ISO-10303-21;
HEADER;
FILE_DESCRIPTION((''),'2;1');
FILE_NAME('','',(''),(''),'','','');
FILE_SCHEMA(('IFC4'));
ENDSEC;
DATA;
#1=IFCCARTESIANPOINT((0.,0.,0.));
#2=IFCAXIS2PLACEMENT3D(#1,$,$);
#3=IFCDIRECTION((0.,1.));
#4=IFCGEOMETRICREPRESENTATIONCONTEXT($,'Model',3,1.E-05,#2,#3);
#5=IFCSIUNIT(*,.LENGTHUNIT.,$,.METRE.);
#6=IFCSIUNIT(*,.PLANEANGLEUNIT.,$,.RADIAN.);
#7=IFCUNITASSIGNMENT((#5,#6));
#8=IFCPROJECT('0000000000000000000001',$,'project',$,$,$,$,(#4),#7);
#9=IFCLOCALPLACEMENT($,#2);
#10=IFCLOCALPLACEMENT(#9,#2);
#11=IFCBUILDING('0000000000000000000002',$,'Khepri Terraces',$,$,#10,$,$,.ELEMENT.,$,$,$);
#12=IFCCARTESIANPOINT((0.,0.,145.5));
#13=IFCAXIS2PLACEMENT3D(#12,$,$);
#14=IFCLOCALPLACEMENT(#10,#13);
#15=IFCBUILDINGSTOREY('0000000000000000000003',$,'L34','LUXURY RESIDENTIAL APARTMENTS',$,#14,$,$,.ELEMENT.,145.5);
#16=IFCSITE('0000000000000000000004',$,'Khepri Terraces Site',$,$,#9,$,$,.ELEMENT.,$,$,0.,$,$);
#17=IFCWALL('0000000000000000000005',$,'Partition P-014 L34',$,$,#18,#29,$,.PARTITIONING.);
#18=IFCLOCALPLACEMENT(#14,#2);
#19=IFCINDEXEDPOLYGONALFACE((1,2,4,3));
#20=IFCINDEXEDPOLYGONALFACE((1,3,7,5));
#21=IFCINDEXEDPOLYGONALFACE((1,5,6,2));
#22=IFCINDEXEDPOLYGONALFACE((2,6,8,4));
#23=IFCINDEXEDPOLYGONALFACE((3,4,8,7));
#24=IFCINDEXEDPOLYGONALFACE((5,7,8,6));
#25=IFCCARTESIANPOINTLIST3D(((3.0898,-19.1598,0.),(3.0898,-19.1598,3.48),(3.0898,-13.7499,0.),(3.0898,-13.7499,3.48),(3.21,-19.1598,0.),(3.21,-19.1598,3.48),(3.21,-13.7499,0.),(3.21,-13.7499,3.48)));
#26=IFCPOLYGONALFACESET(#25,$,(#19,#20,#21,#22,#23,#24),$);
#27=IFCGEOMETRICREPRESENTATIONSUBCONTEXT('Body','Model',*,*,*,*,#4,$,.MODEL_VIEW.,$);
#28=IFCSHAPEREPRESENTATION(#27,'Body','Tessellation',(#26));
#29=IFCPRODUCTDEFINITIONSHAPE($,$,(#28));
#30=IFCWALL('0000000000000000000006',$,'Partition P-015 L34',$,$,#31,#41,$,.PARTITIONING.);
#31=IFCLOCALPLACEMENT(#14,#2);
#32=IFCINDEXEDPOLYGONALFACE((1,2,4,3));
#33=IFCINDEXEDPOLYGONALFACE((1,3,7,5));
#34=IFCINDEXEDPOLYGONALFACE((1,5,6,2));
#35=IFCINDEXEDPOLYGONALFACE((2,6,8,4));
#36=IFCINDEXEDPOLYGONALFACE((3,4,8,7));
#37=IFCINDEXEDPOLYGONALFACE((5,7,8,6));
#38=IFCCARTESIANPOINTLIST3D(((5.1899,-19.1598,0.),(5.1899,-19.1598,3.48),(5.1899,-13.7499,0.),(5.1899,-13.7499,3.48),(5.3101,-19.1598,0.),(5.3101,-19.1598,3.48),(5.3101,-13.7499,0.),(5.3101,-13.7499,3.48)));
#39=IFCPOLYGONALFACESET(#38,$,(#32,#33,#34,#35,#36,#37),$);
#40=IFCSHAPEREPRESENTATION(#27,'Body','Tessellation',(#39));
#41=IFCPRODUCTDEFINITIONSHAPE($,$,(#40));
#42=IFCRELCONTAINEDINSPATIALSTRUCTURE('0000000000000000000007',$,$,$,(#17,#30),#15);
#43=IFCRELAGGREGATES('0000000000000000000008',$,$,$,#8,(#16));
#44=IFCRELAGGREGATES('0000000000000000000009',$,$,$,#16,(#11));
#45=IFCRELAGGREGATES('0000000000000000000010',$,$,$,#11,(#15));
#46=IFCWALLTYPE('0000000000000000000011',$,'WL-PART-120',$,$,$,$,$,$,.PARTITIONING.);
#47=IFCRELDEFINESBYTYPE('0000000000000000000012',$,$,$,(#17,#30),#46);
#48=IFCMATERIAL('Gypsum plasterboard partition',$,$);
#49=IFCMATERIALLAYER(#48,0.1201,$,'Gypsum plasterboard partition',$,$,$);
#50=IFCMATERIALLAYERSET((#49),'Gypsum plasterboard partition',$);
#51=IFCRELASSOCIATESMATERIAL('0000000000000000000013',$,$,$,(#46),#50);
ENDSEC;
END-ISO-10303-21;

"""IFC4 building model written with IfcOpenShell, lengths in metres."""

from ifc_helpers import new_model, si_unit, direction, frame, frame_2d, origin, place, context, subcontext, project, spatial, rectangle, extrude, material, layer, layer_set, type_object, element, save


model = new_model("IFC4")

# Units and contexts
model_context = context("Model", 3, precision=1e-05, world=origin(), true_north=direction((0.0, 1.0)))
body_context = subcontext(model_context, "Body", "Model", "MODEL_VIEW")
ifc_project = project(units=[si_unit("LENGTHUNIT", "METRE"), si_unit("PLANEANGLEUNIT", "RADIAN")], contexts=[model_context])

# Site, building, storey
site_placement = place(None, origin())
site = spatial("IfcSite", under=ifc_project, at=site_placement, Name="Khepri Terraces Site", CompositionType="ELEMENT", RefElevation=0.0)
building_placement = place(site_placement, origin())
building = spatial("IfcBuilding", under=site, at=building_placement, Name="Khepri Terraces", CompositionType="ELEMENT")
storey_placement = place(building_placement, frame((0.0, 0.0, 145.5)))
storey = spatial("IfcBuildingStorey", under=building, at=storey_placement, Name="L34", Description="LUXURY RESIDENTIAL APARTMENTS", CompositionType="ELEMENT", Elevation=145.5)

# Shared definitions
ifc_material_1 = material(Name="Gypsum plasterboard partition")
ifc_layer_1 = layer(ifc_material_1, 0.1201, Name="Gypsum plasterboard partition")
ifc_layer_set_1 = layer_set([ifc_layer_1], Name="Gypsum plasterboard partition")
wall_type_1 = type_object("IfcWallType", Name="WL-PART-120", PredefinedType="PARTITIONING", material=ifc_layer_set_1)

# Walls
for number, where, z_axis, x_axis, name in (
    (1, (3.1499, -19.1599, 0.0), (0.0, 0.0, 1.0), (0.0, 1.0, 0.0), "Partition P-014 L34"),
    (2, (5.25, -19.1599, 0.0), (0.0, 0.0, 1.0), (0.0, 1.0, 0.0), "Partition P-015 L34"),
):
    element("IfcWall", number, at=place(storey_placement, frame(where, z_axis=z_axis, x_axis=x_axis)), inside=storey, type_object=wall_type_1, Name=name, PredefinedType="PARTITIONING", context=body_context, shape_type="SweptSolid", body=[
        extrude(rectangle(XDim=5.4099, YDim=0.1201, at=frame_2d((2.7051, 0.0))), origin(), (0.0, 0.0, 1.0), 3.48),
    ])

save(model, "model.ifc")
